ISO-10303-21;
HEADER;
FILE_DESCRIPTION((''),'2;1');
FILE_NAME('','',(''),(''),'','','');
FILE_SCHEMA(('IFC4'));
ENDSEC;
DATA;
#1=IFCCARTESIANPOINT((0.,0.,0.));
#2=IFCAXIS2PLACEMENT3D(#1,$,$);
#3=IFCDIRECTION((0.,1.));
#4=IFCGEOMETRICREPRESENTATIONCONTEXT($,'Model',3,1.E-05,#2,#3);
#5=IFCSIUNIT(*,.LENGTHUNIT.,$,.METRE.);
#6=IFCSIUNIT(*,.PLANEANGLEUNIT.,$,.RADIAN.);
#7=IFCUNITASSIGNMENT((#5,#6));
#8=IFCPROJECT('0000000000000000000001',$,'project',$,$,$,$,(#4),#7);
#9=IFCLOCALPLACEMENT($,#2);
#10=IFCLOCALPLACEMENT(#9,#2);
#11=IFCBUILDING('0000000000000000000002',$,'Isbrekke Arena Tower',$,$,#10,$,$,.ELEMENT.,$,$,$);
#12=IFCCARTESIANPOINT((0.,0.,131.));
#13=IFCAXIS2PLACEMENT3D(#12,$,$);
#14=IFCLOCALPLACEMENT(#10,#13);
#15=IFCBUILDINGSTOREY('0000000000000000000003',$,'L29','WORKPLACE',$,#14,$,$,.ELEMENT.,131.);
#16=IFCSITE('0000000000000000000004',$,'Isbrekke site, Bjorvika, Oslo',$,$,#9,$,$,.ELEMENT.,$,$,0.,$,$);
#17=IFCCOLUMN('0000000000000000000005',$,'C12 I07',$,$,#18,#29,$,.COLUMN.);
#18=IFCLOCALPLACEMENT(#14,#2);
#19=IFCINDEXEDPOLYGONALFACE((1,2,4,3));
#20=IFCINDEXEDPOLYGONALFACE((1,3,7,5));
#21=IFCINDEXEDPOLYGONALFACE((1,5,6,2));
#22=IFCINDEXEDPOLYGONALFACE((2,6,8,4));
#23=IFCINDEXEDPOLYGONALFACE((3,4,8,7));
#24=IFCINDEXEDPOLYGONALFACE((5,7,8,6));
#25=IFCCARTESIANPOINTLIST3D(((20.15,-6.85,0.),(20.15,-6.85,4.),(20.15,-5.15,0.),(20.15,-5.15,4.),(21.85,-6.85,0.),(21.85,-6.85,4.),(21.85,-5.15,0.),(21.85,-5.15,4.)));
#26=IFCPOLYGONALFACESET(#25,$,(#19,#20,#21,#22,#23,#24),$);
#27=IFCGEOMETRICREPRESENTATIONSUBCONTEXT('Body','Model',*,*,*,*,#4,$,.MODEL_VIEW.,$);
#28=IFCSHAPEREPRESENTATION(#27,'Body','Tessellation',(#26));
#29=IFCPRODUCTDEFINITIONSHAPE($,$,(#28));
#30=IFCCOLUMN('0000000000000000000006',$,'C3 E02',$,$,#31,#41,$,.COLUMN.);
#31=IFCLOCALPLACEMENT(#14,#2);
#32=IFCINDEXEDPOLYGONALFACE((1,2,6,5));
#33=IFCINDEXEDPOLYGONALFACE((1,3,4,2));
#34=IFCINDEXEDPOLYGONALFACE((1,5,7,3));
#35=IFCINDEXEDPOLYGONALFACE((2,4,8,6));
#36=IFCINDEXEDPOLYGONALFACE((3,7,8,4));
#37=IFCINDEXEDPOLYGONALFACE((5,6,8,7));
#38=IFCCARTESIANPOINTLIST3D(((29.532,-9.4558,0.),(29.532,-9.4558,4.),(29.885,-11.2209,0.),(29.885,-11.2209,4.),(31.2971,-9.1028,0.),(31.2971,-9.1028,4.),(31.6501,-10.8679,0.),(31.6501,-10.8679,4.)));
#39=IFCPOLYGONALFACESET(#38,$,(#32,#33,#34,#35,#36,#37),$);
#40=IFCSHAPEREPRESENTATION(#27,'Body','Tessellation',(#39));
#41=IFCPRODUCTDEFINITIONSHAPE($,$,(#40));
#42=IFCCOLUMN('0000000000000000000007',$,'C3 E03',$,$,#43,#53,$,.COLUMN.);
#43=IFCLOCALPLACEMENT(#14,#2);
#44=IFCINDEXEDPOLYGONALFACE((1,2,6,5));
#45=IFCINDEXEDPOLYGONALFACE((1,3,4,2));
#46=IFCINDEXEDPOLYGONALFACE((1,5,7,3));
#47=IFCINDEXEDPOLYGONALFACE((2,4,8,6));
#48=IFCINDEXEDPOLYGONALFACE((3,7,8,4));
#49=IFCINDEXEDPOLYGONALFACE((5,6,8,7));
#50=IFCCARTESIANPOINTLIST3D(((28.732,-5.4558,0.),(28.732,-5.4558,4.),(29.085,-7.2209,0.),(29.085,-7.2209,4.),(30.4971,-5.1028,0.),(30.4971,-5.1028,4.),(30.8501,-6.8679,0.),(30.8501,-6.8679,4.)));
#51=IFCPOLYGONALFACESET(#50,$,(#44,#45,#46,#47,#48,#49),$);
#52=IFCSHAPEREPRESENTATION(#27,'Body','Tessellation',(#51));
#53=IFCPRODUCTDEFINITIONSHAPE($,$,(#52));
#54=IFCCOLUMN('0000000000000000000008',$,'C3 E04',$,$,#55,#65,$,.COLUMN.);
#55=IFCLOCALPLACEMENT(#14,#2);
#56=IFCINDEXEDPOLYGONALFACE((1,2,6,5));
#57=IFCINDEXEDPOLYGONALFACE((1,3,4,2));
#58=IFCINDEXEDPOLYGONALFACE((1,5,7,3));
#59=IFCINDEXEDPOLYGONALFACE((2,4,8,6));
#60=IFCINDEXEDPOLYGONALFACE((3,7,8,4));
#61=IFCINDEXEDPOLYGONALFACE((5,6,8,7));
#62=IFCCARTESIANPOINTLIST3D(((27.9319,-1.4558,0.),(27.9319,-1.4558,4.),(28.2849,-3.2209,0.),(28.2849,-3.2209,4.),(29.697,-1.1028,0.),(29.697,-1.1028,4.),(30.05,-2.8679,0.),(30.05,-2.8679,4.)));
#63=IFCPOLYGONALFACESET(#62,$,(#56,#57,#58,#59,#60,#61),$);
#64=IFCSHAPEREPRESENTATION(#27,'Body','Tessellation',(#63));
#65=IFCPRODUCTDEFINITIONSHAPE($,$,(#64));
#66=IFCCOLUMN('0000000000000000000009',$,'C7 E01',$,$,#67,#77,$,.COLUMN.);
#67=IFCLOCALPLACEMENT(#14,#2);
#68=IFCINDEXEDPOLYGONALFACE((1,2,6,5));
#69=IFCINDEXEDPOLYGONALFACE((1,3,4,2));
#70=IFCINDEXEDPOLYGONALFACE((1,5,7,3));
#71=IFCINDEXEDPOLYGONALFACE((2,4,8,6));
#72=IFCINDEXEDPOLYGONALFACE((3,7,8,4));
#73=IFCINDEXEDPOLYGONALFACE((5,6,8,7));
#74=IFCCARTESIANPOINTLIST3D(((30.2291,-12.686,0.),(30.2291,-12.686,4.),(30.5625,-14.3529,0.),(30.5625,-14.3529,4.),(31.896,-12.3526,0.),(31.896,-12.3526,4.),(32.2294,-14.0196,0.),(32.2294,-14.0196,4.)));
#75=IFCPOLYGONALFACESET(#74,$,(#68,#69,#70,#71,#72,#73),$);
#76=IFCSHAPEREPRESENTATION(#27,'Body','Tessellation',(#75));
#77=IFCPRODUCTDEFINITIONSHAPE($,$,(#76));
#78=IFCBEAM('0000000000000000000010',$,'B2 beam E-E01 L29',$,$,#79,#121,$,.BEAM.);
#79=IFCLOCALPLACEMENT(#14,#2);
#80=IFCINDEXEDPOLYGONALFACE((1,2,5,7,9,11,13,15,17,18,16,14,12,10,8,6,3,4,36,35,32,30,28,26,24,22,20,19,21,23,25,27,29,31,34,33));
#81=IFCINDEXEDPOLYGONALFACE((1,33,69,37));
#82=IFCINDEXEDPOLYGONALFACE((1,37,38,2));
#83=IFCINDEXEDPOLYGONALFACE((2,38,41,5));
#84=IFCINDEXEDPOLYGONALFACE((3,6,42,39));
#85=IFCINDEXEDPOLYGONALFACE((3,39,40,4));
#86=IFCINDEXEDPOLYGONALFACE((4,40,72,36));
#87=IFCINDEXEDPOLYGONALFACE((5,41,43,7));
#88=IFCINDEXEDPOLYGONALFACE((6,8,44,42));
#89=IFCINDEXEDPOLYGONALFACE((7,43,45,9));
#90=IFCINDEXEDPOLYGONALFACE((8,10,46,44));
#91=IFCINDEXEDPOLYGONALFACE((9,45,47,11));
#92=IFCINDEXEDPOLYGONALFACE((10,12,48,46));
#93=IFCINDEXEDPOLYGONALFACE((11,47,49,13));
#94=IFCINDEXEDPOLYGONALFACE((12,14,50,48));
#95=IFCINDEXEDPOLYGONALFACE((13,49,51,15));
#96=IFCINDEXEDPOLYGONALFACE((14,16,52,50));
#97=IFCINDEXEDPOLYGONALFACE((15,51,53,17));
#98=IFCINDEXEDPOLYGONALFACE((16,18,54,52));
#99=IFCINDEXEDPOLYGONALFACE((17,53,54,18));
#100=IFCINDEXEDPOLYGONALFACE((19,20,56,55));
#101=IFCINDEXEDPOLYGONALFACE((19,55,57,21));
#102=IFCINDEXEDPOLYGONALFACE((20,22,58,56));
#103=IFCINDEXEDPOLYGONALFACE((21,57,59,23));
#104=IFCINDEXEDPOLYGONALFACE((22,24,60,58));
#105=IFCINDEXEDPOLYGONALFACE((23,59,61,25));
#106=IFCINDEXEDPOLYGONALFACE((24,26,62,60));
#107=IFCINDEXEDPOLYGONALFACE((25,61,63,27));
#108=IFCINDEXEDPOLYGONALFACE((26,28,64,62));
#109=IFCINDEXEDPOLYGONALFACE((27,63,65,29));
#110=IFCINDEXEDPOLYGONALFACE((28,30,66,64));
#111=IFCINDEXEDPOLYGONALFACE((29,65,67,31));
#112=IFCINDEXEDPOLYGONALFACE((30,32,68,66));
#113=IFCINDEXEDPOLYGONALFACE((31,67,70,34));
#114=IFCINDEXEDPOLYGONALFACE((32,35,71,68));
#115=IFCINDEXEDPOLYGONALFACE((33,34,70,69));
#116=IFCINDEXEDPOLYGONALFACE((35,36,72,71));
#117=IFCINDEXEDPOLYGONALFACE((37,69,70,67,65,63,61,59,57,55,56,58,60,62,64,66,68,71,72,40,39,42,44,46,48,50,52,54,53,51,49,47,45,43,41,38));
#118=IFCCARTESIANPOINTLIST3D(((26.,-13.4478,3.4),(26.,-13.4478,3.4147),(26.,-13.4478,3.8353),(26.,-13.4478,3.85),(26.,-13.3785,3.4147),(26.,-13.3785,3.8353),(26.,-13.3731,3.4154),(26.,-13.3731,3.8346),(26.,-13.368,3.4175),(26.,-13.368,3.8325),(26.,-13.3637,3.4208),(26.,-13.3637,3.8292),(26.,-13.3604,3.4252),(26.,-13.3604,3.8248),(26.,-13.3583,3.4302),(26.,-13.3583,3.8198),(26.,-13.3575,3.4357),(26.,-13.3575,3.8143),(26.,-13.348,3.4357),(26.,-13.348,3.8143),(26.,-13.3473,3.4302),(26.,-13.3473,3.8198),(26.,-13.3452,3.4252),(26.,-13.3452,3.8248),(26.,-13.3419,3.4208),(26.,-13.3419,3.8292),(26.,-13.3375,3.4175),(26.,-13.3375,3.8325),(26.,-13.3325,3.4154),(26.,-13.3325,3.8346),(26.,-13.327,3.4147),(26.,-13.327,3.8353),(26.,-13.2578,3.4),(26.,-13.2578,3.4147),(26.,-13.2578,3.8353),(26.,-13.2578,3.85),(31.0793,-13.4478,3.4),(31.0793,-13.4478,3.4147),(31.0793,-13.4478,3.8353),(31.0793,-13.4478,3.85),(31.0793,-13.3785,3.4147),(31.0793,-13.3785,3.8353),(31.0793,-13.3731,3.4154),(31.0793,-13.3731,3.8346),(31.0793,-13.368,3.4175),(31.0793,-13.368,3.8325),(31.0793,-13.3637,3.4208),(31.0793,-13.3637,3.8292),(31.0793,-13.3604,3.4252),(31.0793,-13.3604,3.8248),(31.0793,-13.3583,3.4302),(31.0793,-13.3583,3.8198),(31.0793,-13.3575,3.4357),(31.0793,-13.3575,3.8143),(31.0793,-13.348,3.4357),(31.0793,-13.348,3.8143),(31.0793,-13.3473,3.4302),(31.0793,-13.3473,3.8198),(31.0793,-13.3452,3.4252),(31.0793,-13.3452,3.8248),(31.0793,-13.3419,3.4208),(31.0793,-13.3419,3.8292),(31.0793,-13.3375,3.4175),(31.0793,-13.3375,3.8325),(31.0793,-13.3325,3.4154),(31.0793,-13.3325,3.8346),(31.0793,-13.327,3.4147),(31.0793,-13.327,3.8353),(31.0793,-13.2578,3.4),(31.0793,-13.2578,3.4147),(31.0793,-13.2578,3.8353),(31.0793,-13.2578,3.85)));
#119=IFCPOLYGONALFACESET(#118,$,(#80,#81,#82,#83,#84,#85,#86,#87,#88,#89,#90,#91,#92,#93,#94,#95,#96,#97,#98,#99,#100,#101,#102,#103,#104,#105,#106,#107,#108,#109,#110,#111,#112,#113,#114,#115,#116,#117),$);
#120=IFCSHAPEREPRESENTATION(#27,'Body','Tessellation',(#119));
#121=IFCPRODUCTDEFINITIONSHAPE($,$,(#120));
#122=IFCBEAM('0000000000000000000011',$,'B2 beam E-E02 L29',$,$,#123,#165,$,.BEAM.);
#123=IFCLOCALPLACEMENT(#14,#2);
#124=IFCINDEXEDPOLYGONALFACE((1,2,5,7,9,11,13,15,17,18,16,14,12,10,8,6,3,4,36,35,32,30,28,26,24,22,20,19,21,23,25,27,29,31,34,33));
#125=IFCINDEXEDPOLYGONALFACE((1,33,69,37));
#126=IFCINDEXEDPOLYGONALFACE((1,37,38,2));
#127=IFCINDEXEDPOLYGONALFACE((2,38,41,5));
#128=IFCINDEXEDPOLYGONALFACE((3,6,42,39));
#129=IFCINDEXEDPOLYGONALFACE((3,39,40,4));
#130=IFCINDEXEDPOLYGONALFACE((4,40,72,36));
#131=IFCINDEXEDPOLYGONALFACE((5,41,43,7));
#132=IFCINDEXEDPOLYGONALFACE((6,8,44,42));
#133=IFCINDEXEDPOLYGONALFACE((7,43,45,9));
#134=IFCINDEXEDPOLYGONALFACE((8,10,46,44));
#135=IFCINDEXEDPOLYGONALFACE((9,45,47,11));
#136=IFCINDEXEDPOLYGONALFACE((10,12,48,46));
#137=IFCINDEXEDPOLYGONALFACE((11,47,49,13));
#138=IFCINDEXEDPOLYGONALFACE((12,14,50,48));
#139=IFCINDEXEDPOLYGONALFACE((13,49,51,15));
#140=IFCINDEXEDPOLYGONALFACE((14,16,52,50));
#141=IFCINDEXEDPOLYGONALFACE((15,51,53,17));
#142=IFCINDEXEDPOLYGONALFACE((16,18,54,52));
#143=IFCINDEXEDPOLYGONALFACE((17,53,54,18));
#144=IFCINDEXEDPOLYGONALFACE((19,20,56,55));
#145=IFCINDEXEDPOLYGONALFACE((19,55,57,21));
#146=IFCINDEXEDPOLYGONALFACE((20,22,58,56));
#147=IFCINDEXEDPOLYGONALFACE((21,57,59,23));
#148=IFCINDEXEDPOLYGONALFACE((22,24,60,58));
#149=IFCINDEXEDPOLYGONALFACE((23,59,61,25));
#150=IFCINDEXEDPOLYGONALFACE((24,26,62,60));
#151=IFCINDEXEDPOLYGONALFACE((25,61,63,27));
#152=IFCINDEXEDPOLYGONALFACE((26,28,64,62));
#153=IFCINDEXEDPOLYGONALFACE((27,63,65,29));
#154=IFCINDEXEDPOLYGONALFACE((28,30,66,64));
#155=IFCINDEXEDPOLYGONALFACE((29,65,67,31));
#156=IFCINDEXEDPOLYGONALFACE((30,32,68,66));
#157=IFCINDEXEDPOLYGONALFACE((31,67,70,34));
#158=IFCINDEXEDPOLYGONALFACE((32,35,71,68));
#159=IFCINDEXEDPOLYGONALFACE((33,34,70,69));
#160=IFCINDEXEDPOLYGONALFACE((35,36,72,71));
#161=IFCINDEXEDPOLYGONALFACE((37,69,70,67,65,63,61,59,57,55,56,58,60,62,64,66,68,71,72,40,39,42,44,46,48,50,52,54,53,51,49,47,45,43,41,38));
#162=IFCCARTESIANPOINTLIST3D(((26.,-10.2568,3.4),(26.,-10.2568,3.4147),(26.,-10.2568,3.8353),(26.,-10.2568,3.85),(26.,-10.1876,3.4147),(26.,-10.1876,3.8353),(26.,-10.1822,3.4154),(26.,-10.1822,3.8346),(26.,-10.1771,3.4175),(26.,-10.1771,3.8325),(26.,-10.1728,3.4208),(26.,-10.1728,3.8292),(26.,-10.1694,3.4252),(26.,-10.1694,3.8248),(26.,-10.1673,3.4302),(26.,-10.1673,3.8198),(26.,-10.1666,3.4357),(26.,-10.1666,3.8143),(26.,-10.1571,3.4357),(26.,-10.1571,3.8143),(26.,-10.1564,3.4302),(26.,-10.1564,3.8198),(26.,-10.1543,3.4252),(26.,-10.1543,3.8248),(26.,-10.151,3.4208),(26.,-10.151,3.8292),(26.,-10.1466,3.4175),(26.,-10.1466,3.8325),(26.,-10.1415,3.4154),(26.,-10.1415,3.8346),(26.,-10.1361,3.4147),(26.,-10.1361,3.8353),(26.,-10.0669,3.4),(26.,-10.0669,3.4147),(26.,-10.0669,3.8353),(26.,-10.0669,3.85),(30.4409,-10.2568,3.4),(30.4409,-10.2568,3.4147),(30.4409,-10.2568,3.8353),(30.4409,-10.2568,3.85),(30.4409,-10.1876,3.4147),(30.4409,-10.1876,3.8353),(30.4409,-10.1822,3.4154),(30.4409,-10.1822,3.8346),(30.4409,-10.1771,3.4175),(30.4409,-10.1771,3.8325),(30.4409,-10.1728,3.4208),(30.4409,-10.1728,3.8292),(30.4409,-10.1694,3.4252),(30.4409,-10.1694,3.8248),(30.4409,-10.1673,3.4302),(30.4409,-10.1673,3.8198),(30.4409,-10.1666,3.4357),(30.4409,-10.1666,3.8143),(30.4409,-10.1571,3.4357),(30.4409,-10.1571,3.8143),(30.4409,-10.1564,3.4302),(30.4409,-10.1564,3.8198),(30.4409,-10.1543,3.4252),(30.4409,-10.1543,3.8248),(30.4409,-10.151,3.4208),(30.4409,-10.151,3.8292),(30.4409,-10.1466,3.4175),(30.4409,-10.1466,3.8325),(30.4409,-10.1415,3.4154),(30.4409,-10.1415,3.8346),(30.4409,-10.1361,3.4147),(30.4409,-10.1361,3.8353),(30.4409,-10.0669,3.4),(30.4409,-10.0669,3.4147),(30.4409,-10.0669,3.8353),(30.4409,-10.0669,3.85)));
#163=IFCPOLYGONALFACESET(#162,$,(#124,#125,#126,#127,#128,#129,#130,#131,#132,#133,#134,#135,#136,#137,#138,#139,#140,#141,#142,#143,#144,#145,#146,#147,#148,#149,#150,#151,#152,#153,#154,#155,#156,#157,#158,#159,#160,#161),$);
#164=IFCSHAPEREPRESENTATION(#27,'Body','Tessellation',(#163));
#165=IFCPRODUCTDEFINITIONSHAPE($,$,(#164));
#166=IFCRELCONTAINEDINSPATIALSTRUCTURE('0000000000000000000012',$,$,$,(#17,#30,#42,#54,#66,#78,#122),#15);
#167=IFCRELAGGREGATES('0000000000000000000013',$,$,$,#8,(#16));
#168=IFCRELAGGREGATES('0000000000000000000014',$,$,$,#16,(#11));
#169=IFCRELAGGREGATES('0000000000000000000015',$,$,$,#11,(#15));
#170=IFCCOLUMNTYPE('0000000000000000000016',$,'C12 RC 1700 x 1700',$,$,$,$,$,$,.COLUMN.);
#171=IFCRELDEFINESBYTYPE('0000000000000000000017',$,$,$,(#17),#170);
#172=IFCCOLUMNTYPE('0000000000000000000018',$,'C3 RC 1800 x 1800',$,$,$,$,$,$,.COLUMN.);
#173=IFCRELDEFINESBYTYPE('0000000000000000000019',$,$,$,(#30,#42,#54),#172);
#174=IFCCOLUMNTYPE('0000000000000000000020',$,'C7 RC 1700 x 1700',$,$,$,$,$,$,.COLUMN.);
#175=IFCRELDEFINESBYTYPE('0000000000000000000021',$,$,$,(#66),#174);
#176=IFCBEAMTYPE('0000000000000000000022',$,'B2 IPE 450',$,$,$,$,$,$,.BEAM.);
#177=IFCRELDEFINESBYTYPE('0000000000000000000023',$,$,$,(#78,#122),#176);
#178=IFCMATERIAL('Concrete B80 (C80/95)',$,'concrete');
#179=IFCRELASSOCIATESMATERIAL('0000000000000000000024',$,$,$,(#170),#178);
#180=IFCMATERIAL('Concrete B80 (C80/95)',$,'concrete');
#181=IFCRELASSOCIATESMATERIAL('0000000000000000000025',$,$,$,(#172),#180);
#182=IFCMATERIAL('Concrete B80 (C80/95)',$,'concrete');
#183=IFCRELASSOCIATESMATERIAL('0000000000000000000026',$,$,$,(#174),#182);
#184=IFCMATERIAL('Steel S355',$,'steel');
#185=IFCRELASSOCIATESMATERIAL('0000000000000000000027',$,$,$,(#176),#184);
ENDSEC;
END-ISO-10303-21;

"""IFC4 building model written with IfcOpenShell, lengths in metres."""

from ifc_helpers import new_model, si_unit, direction, frame, origin, origin_2d, place, context, subcontext, project, spatial, rectangle, i_section, extrude, material, material_profile, profile_set, type_object, element, save


model = new_model("IFC4")

# Units and contexts
model_context = context("Model", 3, precision=1e-05, world=origin(), true_north=direction((0.0, 1.0)))
body_context = subcontext(model_context, "Body", "Model", "MODEL_VIEW")
ifc_project = project(units=[si_unit("LENGTHUNIT", "METRE"), si_unit("PLANEANGLEUNIT", "RADIAN")], contexts=[model_context])

# Site, building, storey
site_placement = place(None, origin())
site = spatial("IfcSite", under=ifc_project, at=site_placement, Name="Isbrekke site, Bjorvika, Oslo", CompositionType="ELEMENT", RefElevation=0.0)
building_placement = place(site_placement, origin())
building = spatial("IfcBuilding", under=site, at=building_placement, Name="Isbrekke Arena Tower", CompositionType="ELEMENT")
storey_placement = place(building_placement, frame((0.0, 0.0, 131.0)))
storey = spatial("IfcBuildingStorey", under=building, at=storey_placement, Name="L29", Description="WORKPLACE", CompositionType="ELEMENT", Elevation=131.0)

# Columns
ifc_material_1 = material(Name="Concrete B80 (C80/95)", Category="concrete")
ifc_material_profile_1 = material_profile(ifc_material_1, rectangle(XDim=1.7, YDim=1.7, at=origin_2d()), Name="RC 1700x1700")
ifc_profile_set_1 = profile_set([ifc_material_profile_1], Name="Concrete B80 (C80/95)")
column_type_1 = type_object("IfcColumnType", Name="C12 RC 1700 x 1700", PredefinedType="COLUMN", material=ifc_profile_set_1)
column_1_placement = place(storey_placement, frame((21.0, -6.0, 0.0), z_axis=(0.0, 0.0, 1.0), x_axis=(1.0, 0.0, 0.0)))
element("IfcColumn", 1, at=column_1_placement, inside=storey, type_object=column_type_1, Name="C12 I07", PredefinedType="COLUMN", context=body_context, shape_type="SweptSolid", body=[
    extrude(rectangle(XDim=1.7, YDim=1.7, at=origin_2d()), origin(), (0.0, 0.0, 1.0), 4.0),
])
ifc_material_2 = material(Name="Concrete B80 (C80/95)", Category="concrete")
ifc_material_profile_2 = material_profile(ifc_material_2, rectangle(XDim=1.8, YDim=1.8, at=origin_2d()), Name="RC 1800x1800")
ifc_profile_set_2 = profile_set([ifc_material_profile_2], Name="Concrete B80 (C80/95)")
column_type_2 = type_object("IfcColumnType", Name="C3 RC 1800 x 1800", PredefinedType="COLUMN", material=ifc_profile_set_2)
for number, where, z_axis, x_axis, name in (
    (2, (30.5911, -10.1619, 0.0), (0.0, 0.0, 1.0), (-0.196116, 0.980581, 0.0), "C3 E02"),
    (3, (29.791, -6.1619, 0.0), (0.0, 0.0, 1.0), (-0.196116, 0.980581, 0.0), "C3 E03"),
    (4, (28.991, -2.1619, 0.0), (0.0, 0.0, 1.0), (-0.196116, 0.980581, 0.0), "C3 E04"),
):
    element("IfcColumn", number, at=place(storey_placement, frame(where, z_axis=z_axis, x_axis=x_axis)), inside=storey, type_object=column_type_2, Name=name, PredefinedType="COLUMN", context=body_context, shape_type="SweptSolid", body=[
        extrude(rectangle(XDim=1.8, YDim=1.8, at=origin_2d()), origin(), (0.0, 0.0, 1.0), 4.0),
    ])
ifc_material_3 = material(Name="Concrete B80 (C80/95)", Category="concrete")
ifc_material_profile_3 = material_profile(ifc_material_3, rectangle(XDim=1.7, YDim=1.7, at=origin_2d()), Name="RC 1700x1700")
ifc_profile_set_3 = profile_set([ifc_material_profile_3], Name="Concrete B80 (C80/95)")
column_type_3 = type_object("IfcColumnType", Name="C7 RC 1700 x 1700", PredefinedType="COLUMN", material=ifc_profile_set_3)
column_2_placement = place(storey_placement, frame((31.2292, -13.3528, 0.0), z_axis=(0.0, 0.0, 1.0), x_axis=(-0.196116, 0.980581, 0.0)))
element("IfcColumn", 5, at=column_2_placement, inside=storey, type_object=column_type_3, Name="C7 E01", PredefinedType="COLUMN", context=body_context, shape_type="SweptSolid", body=[
    extrude(rectangle(XDim=1.7, YDim=1.7, at=origin_2d()), origin(), (0.0, 0.0, 1.0), 4.0),
])

# Beams
ifc_material_4 = material(Name="Steel S355", Category="steel")
ifc_material_profile_4 = material_profile(ifc_material_4, i_section(OverallWidth=0.1899, OverallDepth=0.45, WebThickness=0.0095, FlangeThickness=0.0146, FilletRadius=0.021, at=origin_2d()), Name="IPE 450")
ifc_profile_set_4 = profile_set([ifc_material_profile_4], Name="Steel S355")
beam_type_1 = type_object("IfcBeamType", Name="B2 IPE 450", PredefinedType="BEAM", material=ifc_profile_set_4)
beam_1_placement = place(storey_placement, frame((31.0793, -13.3528, 3.625), z_axis=(-1.0, 0.0, 0.0), x_axis=(0.0, -1.0, 0.0)))
element("IfcBeam", 6, at=beam_1_placement, inside=storey, type_object=beam_type_1, Name="B2 beam E-E01 L29", PredefinedType="BEAM", context=body_context, shape_type="SweptSolid", body=[
    extrude(i_section(OverallWidth=0.1899, OverallDepth=0.45, WebThickness=0.0095, FlangeThickness=0.0146, FilletRadius=0.021, at=origin_2d()), origin(), (0.0, 0.0, 1.0), 5.0793),
])
beam_2_placement = place(storey_placement, frame((30.4409, -10.1619, 3.625), z_axis=(-1.0, 0.0, 0.0), x_axis=(0.0, -1.0, 0.0)))
element("IfcBeam", 7, at=beam_2_placement, inside=storey, type_object=beam_type_1, Name="B2 beam E-E02 L29", PredefinedType="BEAM", context=body_context, shape_type="SweptSolid", body=[
    extrude(i_section(OverallWidth=0.1899, OverallDepth=0.45, WebThickness=0.0095, FlangeThickness=0.0146, FilletRadius=0.021, at=origin_2d()), origin(), (0.0, 0.0, 1.0), 4.4409),
])

save(model, "model.ifc")
